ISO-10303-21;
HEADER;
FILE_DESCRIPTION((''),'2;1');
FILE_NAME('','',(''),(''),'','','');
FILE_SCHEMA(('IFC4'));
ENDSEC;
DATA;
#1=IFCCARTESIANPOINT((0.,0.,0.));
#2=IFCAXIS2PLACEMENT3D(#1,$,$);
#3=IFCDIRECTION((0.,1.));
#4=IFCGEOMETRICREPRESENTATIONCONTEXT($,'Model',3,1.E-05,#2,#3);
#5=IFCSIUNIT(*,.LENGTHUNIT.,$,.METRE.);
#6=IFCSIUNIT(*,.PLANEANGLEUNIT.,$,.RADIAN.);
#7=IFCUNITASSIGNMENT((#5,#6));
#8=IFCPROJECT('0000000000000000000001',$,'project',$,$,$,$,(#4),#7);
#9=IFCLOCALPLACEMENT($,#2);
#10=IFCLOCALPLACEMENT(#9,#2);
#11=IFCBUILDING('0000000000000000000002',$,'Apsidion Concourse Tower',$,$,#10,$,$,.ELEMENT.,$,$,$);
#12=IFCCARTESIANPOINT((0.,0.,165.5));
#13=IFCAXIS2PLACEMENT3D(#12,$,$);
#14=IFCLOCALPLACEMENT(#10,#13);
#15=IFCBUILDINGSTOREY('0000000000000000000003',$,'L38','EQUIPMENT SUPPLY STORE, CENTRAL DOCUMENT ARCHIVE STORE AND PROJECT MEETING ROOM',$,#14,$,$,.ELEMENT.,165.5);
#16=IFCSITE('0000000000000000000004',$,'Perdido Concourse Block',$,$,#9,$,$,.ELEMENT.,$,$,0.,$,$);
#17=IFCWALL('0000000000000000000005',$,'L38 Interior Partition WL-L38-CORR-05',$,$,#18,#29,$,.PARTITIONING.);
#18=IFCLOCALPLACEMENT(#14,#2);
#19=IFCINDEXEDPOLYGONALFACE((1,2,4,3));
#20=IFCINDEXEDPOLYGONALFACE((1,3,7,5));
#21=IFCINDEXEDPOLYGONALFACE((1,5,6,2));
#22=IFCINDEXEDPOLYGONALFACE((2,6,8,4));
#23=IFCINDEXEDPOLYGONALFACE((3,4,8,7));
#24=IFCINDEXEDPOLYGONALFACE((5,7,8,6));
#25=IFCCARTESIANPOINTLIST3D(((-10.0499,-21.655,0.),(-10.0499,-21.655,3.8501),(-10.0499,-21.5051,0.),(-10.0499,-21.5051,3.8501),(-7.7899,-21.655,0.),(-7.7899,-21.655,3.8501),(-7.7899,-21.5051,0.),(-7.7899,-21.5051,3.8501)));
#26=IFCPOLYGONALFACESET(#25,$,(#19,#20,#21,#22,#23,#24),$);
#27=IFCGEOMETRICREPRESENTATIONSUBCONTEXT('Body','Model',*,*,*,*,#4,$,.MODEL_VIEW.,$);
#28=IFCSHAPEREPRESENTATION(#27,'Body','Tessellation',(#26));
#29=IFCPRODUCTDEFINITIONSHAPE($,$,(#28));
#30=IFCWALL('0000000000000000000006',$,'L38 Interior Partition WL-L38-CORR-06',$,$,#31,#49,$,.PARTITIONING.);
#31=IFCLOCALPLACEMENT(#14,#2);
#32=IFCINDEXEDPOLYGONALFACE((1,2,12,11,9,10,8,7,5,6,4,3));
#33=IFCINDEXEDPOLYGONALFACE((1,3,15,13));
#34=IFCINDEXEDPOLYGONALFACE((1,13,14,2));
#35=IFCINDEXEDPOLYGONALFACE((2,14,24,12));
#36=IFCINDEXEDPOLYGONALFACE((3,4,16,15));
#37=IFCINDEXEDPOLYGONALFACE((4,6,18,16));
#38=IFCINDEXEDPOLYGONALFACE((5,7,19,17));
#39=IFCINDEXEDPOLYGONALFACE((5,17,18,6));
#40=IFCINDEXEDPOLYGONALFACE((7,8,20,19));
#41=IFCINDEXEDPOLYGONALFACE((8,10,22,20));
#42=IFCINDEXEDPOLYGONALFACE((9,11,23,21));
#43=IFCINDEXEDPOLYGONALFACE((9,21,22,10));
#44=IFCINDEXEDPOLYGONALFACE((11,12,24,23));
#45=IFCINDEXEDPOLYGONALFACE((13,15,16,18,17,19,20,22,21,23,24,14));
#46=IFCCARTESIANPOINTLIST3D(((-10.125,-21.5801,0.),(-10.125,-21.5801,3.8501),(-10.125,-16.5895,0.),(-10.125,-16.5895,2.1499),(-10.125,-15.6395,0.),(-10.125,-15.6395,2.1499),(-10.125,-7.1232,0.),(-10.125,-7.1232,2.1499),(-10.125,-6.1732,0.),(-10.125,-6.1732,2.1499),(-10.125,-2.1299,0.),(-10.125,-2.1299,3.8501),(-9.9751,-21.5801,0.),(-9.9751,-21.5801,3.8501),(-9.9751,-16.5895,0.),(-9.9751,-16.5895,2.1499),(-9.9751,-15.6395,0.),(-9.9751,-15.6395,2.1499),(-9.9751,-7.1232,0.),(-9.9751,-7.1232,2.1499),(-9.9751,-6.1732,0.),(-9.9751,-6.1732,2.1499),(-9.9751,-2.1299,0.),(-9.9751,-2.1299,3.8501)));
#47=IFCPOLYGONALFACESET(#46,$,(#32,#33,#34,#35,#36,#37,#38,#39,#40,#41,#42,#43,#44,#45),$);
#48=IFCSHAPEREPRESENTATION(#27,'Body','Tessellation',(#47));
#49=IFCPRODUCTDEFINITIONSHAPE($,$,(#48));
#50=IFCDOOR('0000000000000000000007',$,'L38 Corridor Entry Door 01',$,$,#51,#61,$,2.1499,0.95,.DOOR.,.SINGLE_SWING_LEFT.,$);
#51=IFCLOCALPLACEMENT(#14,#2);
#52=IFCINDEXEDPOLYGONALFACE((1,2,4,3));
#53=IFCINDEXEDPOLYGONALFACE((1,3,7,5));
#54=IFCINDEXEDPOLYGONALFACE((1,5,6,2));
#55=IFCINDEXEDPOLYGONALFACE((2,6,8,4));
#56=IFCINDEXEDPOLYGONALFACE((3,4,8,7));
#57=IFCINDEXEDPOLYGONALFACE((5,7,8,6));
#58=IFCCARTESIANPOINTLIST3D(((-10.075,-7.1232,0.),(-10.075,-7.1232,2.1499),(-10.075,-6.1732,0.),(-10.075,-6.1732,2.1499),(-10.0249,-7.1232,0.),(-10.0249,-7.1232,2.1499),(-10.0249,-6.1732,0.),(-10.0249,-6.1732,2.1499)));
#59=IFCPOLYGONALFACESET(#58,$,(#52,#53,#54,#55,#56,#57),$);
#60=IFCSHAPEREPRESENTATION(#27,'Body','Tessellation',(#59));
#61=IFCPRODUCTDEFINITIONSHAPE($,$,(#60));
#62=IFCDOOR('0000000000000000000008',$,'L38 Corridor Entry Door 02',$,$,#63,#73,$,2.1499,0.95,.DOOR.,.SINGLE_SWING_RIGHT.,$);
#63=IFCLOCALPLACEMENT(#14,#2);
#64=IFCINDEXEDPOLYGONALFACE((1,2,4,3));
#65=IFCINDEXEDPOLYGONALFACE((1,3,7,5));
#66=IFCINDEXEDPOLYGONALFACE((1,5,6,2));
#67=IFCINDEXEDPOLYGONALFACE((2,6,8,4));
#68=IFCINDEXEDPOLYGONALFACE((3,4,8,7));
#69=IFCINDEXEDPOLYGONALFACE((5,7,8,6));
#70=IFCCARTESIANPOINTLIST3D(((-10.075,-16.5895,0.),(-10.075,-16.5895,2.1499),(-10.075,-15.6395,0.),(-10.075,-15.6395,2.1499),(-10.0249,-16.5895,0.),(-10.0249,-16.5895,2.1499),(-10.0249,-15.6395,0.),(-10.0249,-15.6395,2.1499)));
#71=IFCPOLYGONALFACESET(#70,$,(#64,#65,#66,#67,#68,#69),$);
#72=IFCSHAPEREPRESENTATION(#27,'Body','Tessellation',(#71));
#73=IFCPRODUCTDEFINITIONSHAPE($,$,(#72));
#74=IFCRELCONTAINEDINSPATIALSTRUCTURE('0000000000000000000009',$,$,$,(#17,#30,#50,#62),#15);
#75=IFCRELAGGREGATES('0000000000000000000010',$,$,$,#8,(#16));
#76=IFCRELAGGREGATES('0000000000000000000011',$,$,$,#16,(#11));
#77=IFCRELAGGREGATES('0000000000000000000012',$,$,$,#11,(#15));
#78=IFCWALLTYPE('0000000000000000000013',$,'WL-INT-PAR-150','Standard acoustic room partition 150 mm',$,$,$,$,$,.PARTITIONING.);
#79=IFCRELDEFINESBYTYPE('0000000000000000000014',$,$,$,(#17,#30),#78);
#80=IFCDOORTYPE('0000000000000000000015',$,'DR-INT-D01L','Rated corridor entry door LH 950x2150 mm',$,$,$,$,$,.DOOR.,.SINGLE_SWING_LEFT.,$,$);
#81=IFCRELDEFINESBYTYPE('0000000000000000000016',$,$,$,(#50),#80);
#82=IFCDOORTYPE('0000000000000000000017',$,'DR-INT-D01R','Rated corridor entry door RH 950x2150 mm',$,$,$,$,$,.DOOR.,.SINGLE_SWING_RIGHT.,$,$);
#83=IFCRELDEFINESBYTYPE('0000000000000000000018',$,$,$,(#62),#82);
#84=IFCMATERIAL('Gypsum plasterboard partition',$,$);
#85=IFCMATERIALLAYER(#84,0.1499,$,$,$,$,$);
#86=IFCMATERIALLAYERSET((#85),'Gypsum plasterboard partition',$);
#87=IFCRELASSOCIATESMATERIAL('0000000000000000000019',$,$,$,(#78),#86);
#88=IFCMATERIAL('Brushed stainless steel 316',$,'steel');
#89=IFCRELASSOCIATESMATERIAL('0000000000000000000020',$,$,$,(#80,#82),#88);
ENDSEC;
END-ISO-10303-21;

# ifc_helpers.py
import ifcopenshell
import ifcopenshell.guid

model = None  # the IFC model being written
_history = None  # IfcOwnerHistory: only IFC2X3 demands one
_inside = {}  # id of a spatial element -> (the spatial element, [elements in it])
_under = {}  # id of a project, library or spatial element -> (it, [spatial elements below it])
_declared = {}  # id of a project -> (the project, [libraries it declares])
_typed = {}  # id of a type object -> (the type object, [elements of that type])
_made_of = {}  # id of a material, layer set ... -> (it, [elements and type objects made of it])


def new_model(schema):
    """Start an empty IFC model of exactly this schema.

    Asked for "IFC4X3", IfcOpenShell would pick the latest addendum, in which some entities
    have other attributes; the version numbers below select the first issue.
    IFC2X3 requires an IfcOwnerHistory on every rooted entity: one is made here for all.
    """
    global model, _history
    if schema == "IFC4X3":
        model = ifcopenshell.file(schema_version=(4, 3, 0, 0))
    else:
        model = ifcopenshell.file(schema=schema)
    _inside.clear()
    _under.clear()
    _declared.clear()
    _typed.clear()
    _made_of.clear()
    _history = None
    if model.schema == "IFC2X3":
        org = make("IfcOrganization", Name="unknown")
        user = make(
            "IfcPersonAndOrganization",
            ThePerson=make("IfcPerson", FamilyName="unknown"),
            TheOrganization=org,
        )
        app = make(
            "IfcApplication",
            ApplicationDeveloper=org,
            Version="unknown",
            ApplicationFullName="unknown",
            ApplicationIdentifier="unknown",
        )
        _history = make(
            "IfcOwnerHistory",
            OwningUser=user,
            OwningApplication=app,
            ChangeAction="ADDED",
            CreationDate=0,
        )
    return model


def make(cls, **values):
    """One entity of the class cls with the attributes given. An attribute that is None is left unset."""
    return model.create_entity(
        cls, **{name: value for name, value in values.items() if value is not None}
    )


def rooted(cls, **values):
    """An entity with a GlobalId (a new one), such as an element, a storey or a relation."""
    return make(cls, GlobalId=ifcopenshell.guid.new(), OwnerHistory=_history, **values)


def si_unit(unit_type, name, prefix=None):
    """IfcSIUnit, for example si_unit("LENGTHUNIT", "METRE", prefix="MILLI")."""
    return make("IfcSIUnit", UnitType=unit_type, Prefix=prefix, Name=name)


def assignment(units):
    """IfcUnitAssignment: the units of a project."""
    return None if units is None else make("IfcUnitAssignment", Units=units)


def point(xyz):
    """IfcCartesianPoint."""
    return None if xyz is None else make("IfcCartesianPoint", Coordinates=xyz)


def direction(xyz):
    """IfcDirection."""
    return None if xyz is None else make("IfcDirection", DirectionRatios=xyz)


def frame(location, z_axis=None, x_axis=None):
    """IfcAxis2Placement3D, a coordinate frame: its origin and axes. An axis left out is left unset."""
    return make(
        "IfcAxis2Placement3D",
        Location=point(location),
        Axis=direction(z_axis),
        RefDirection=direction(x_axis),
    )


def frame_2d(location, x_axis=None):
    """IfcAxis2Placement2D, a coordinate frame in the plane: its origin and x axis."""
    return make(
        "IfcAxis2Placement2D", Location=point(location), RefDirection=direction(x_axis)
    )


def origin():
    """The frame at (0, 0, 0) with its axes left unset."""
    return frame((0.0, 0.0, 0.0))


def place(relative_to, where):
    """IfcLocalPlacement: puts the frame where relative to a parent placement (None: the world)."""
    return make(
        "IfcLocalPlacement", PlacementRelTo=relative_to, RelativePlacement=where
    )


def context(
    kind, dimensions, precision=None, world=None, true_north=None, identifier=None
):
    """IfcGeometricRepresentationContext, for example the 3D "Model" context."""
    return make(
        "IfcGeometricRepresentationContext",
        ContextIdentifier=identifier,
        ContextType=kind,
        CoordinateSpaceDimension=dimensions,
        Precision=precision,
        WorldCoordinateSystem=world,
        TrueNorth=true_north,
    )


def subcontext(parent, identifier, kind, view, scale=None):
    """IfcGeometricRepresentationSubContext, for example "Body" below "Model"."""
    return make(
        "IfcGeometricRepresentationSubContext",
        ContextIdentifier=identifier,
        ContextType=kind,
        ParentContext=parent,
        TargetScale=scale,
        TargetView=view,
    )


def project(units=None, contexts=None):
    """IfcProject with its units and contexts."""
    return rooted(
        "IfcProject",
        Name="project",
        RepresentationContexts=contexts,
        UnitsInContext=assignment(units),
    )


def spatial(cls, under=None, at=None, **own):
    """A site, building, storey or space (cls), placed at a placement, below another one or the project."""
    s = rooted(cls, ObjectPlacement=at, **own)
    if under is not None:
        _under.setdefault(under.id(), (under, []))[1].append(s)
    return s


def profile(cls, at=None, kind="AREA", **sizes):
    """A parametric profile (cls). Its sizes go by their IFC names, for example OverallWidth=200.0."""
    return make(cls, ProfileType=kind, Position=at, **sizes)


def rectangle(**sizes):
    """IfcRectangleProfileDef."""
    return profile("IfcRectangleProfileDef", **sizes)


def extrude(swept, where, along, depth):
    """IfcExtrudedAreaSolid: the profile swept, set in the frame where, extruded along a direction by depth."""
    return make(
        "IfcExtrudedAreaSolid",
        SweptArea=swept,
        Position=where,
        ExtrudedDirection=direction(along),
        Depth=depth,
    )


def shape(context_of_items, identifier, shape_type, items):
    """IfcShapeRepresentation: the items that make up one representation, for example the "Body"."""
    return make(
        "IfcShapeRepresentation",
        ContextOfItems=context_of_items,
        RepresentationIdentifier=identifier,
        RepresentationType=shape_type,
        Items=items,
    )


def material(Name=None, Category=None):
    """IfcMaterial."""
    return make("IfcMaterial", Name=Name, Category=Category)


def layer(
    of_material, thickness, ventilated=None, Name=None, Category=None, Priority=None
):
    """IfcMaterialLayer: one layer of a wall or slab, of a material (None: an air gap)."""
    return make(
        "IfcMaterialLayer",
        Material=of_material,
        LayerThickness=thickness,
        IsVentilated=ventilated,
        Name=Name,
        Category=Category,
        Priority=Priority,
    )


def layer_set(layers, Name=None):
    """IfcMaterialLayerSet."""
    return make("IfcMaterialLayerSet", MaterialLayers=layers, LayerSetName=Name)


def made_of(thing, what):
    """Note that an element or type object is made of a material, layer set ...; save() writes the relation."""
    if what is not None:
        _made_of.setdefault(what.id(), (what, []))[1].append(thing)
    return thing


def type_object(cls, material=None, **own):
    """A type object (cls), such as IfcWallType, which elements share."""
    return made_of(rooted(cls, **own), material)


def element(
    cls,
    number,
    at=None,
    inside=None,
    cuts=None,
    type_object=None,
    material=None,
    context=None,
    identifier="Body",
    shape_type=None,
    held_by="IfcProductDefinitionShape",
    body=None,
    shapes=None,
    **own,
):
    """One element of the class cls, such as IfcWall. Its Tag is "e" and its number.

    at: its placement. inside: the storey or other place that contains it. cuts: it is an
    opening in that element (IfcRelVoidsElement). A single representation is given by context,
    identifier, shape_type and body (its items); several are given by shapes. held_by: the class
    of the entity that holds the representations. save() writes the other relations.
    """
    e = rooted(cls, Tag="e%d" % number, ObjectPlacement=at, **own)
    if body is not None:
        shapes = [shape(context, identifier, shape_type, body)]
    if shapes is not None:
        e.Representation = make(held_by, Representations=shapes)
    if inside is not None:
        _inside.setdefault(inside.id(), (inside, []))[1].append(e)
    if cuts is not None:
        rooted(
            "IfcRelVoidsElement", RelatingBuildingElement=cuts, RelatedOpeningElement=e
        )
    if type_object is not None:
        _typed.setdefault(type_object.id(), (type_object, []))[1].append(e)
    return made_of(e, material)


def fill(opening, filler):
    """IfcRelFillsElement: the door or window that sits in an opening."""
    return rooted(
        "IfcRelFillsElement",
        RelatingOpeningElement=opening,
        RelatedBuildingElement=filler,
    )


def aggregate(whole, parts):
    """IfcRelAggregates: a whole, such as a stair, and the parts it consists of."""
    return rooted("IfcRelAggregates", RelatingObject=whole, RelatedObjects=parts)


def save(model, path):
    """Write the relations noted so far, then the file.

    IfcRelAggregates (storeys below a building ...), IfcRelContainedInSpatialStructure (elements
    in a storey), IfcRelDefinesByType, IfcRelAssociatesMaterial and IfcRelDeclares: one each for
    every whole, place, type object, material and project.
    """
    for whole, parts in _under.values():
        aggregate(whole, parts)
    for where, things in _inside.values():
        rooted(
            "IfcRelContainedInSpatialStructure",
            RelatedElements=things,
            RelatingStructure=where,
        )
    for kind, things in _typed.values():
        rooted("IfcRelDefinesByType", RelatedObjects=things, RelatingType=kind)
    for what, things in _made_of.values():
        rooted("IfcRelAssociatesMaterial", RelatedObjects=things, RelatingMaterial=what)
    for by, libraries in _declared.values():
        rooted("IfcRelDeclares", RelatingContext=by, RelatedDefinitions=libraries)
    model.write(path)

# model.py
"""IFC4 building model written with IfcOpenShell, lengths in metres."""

from ifc_helpers import new_model, si_unit, direction, frame, frame_2d, origin, place, context, subcontext, project, spatial, rectangle, extrude, material, layer, layer_set, type_object, element, fill, save


model = new_model("IFC4")

# Units and contexts
model_context = context("Model", 3, precision=1e-05, world=origin(), true_north=direction((0.0, 1.0)))
body_context = subcontext(model_context, "Body", "Model", "MODEL_VIEW")
ifc_project = project(units=[si_unit("LENGTHUNIT", "METRE"), si_unit("PLANEANGLEUNIT", "RADIAN")], contexts=[model_context])

# Site, building, storey
site_placement = place(None, origin())
site = spatial("IfcSite", under=ifc_project, at=site_placement, Name="Perdido Concourse Block", CompositionType="ELEMENT", RefElevation=0.0)
building_placement = place(site_placement, origin())
building = spatial("IfcBuilding", under=site, at=building_placement, Name="Apsidion Concourse Tower", CompositionType="ELEMENT")
storey_placement = place(building_placement, frame((0.0, 0.0, 165.5)))
storey = spatial("IfcBuildingStorey", under=building, at=storey_placement, Name="L38", Description="EQUIPMENT SUPPLY STORE, CENTRAL DOCUMENT ARCHIVE STORE AND PROJECT MEETING ROOM", CompositionType="ELEMENT", Elevation=165.5)

# Wall
ifc_material_1 = material(Name="Gypsum plasterboard partition")
ifc_layer_1 = layer(ifc_material_1, 0.1499)
ifc_layer_set_1 = layer_set([ifc_layer_1], Name="Gypsum plasterboard partition")
wall_type_1 = type_object("IfcWallType", Name="WL-INT-PAR-150", Description="Standard acoustic room partition 150 mm", PredefinedType="PARTITIONING", material=ifc_layer_set_1)
wall_1_placement = place(storey_placement, frame((-7.79, -21.5801, 0.0), z_axis=(0.0, 0.0, 1.0), x_axis=(-1.0, 0.0, 0.0)))
element("IfcWall", 1, at=wall_1_placement, inside=storey, type_object=wall_type_1, Name="L38 Interior Partition WL-L38-CORR-05", PredefinedType="PARTITIONING", context=body_context, shape_type="SweptSolid", body=[
    extrude(rectangle(XDim=2.26, YDim=0.1499, at=frame_2d((1.1299, 0.0))), origin(), (0.0, 0.0, 1.0), 3.8501),
])

# Wall, openings, doors
wall_2_placement = place(storey_placement, frame((-10.05, -21.5801, 0.0), z_axis=(0.0, 0.0, 1.0), x_axis=(0.0, 1.0, 0.0)))
wall_2 = element("IfcWall", 2, at=wall_2_placement, inside=storey, type_object=wall_type_1, Name="L38 Interior Partition WL-L38-CORR-06", PredefinedType="PARTITIONING", context=body_context, shape_type="SweptSolid", body=[
    extrude(rectangle(XDim=19.4502, YDim=0.1499, at=frame_2d((9.7251, 0.0))), origin(), (0.0, 0.0, 1.0), 3.8501),
])
opening_1_placement = place(wall_2_placement, frame((14.4568, 0.0, 0.0)))
opening_1 = element("IfcOpeningElement", 3, at=opening_1_placement, cuts=wall_2, PredefinedType="OPENING", context=body_context, shape_type="SweptSolid", body=[
    extrude(rectangle(XDim=0.95, YDim=2.1499, at=frame_2d((0.4751, 1.075))), frame((0.0, 0.085, 0.0), z_axis=(0.0, -1.0, 0.0), x_axis=(1.0, 0.0, 0.0)), (0.0, 0.0, 1.0), 0.1699),
])
opening_2_placement = place(wall_2_placement, frame((4.9905, 0.0, 0.0)))
opening_2 = element("IfcOpeningElement", 4, at=opening_2_placement, cuts=wall_2, PredefinedType="OPENING", context=body_context, shape_type="SweptSolid", body=[
    extrude(rectangle(XDim=0.95, YDim=2.1499, at=frame_2d((0.4751, 1.075))), frame((0.0, 0.085, 0.0), z_axis=(0.0, -1.0, 0.0), x_axis=(1.0, 0.0, 0.0)), (0.0, 0.0, 1.0), 0.1699),
])
ifc_material_2 = material(Name="Brushed stainless steel 316", Category="steel")
door_type_1 = type_object("IfcDoorType", Name="DR-INT-D01L", Description="Rated corridor entry door LH 950x2150 mm", OperationType="SINGLE_SWING_LEFT", PredefinedType="DOOR", material=ifc_material_2)
door_1_placement = place(opening_1_placement, origin())
door_1 = element("IfcDoor", 5, at=door_1_placement, inside=storey, type_object=door_type_1, Name="L38 Corridor Entry Door 01", OperationType="SINGLE_SWING_LEFT", OverallHeight=2.1499, OverallWidth=0.95, PredefinedType="DOOR", context=body_context, shape_type="SweptSolid", body=[
    extrude(rectangle(XDim=0.95, YDim=2.1499, at=frame_2d((0.4751, 1.075))), frame((0.0, 0.0249, 0.0), z_axis=(0.0, -1.0, 0.0), x_axis=(1.0, 0.0, 0.0)), (0.0, 0.0, 1.0), 0.05),
])
fill(opening_1, door_1)
door_type_2 = type_object("IfcDoorType", Name="DR-INT-D01R", Description="Rated corridor entry door RH 950x2150 mm", OperationType="SINGLE_SWING_RIGHT", PredefinedType="DOOR", material=ifc_material_2)
door_2_placement = place(opening_2_placement, origin())
door_2 = element("IfcDoor", 6, at=door_2_placement, inside=storey, type_object=door_type_2, Name="L38 Corridor Entry Door 02", OperationType="SINGLE_SWING_RIGHT", OverallHeight=2.1499, OverallWidth=0.95, PredefinedType="DOOR", context=body_context, shape_type="SweptSolid", body=[
    extrude(rectangle(XDim=0.95, YDim=2.1499, at=frame_2d((0.4751, 1.075))), frame((0.0, 0.0249, 0.0), z_axis=(0.0, -1.0, 0.0), x_axis=(1.0, 0.0, 0.0)), (0.0, 0.0, 1.0), 0.05),
])
fill(opening_2, door_2)

save(model, "model.ifc")
